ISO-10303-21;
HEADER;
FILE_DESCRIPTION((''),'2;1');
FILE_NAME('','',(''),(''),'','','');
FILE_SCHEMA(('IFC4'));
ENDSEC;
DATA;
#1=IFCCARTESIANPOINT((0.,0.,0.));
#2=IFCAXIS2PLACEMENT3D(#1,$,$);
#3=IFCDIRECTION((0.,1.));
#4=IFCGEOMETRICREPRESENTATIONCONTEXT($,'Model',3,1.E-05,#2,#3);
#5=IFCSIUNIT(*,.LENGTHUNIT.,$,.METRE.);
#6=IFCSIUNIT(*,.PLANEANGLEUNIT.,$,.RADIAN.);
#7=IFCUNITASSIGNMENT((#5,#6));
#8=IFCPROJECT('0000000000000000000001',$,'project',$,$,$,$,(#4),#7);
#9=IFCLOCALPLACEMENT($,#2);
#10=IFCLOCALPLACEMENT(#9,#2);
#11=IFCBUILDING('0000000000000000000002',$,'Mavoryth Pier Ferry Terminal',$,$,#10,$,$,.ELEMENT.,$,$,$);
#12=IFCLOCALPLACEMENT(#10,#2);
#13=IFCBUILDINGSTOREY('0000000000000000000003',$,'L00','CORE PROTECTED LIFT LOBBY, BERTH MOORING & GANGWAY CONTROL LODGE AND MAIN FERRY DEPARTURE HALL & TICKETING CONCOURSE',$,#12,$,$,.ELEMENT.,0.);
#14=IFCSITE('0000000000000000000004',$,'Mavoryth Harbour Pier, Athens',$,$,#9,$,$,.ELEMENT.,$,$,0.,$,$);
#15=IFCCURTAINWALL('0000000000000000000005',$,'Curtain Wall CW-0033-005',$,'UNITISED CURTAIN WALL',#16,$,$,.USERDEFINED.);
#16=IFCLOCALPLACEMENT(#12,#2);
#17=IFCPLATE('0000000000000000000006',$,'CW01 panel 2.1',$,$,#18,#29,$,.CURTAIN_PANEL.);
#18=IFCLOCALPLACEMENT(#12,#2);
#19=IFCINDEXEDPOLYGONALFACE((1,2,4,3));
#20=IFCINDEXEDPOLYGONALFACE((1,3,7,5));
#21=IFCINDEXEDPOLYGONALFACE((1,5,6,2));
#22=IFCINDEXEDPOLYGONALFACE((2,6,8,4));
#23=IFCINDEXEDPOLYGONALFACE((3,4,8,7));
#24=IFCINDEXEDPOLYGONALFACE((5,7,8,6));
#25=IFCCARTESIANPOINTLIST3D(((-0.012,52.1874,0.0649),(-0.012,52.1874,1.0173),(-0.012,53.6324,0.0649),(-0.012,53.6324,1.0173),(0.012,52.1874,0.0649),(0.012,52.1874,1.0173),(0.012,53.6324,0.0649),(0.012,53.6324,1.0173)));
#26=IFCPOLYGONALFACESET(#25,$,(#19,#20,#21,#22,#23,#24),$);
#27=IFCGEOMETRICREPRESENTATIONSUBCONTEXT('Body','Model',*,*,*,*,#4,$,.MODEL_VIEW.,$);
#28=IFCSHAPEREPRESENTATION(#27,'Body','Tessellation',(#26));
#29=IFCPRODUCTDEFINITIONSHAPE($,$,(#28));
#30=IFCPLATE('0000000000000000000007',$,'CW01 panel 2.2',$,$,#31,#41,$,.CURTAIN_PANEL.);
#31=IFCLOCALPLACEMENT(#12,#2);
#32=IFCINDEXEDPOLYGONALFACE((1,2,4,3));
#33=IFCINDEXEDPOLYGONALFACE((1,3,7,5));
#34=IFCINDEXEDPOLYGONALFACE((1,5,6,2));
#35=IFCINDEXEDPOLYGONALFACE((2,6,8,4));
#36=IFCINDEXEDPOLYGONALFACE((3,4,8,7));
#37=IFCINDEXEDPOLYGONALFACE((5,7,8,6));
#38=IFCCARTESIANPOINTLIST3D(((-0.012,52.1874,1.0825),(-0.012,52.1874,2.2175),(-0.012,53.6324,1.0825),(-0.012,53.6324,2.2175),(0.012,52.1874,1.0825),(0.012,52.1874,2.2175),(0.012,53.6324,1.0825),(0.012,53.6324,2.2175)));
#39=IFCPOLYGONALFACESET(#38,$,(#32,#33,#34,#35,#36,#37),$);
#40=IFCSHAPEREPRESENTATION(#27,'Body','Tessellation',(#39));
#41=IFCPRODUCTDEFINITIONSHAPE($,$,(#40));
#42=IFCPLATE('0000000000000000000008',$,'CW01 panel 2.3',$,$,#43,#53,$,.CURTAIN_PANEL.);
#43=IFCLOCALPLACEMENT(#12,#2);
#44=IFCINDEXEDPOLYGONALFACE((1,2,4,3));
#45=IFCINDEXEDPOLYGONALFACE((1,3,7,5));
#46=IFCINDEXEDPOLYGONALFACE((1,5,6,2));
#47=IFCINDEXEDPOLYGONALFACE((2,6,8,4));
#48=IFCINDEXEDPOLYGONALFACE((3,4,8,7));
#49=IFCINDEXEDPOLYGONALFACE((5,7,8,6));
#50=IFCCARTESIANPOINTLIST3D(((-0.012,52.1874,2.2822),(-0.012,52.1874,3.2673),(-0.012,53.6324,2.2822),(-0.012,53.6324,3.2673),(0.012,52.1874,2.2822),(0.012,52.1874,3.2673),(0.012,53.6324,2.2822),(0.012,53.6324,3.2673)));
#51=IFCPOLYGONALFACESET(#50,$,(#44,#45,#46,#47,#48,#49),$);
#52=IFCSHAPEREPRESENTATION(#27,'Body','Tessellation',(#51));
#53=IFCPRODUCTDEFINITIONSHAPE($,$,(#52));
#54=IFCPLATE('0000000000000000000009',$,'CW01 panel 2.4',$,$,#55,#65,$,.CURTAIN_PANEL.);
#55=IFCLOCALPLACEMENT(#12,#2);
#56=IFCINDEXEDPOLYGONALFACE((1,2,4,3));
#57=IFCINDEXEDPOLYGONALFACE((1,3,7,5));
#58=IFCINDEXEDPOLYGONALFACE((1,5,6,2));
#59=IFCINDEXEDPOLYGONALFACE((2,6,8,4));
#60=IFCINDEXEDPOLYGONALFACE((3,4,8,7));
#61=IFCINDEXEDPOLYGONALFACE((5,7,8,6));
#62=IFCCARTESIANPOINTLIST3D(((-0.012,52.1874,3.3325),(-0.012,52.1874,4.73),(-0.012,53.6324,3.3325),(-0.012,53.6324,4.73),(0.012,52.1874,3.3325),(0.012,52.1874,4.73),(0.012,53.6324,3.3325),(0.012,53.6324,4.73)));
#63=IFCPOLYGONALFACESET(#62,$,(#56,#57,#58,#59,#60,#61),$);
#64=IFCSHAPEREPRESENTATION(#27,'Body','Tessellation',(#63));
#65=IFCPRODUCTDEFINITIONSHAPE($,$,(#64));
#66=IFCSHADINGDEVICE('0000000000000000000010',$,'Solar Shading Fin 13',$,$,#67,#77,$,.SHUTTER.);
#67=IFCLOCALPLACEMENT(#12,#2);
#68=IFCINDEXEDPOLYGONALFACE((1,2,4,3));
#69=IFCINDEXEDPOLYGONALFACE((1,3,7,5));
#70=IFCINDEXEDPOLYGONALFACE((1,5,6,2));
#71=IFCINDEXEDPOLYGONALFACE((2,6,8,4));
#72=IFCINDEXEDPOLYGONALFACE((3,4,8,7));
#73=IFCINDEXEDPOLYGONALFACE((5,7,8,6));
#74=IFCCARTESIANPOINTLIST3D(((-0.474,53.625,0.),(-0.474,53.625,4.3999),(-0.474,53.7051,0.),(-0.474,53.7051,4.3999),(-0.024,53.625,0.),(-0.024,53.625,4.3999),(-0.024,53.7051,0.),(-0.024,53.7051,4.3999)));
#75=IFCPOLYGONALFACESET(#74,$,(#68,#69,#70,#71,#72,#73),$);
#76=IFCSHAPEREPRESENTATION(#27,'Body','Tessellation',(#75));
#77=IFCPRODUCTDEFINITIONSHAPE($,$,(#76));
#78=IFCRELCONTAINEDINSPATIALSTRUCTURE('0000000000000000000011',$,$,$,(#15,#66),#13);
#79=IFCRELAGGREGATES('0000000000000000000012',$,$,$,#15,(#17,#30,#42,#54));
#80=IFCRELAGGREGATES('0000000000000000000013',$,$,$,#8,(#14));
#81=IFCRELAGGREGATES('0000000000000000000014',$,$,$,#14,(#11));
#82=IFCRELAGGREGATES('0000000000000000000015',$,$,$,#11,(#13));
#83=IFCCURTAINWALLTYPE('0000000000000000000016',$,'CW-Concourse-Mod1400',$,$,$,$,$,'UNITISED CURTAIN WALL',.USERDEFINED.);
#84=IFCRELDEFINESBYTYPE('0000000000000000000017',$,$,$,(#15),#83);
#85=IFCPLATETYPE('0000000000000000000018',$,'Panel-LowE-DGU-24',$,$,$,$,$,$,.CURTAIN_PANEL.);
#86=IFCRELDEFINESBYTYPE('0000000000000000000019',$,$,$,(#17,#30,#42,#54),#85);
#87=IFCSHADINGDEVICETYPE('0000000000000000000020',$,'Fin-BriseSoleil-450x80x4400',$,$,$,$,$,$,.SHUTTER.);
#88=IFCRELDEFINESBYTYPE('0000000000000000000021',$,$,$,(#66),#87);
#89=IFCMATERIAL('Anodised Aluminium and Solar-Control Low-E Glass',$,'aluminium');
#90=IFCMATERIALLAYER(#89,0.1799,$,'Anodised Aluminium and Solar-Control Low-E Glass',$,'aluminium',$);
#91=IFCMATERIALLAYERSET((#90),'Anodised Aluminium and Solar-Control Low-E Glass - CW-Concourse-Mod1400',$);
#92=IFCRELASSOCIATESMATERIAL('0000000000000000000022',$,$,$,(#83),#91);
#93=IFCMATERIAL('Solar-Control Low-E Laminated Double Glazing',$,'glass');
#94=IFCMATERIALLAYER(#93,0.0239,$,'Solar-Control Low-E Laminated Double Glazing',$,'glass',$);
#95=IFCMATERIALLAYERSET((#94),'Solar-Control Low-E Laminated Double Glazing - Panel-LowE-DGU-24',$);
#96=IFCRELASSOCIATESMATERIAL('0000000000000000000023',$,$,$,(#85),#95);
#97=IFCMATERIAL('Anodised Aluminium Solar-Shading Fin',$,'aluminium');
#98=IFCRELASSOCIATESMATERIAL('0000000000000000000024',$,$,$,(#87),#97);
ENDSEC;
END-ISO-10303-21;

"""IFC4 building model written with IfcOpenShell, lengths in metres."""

from ifc_helpers import new_model, si_unit, direction, frame, origin, origin_2d, place, context, subcontext, project, spatial, rectangle, extrude, material, layer, layer_set, type_object, element, aggregate, save


model = new_model("IFC4")

# Units and contexts
model_context = context("Model", 3, precision=1e-05, world=origin(), true_north=direction((0.0, 1.0)))
body_context = subcontext(model_context, "Body", "Model", "MODEL_VIEW")
ifc_project = project(units=[si_unit("LENGTHUNIT", "METRE"), si_unit("PLANEANGLEUNIT", "RADIAN")], contexts=[model_context])

# Site, building, storey
site_placement = place(None, origin())
site = spatial("IfcSite", under=ifc_project, at=site_placement, Name="Mavoryth Harbour Pier, Athens", CompositionType="ELEMENT", RefElevation=0.0)
building_placement = place(site_placement, origin())
building = spatial("IfcBuilding", under=site, at=building_placement, Name="Mavoryth Pier Ferry Terminal", CompositionType="ELEMENT")
storey_placement = place(building_placement, origin())
storey = spatial("IfcBuildingStorey", under=building, at=storey_placement, Name="L00", Description="CORE PROTECTED LIFT LOBBY, BERTH MOORING & GANGWAY CONTROL LODGE AND MAIN FERRY DEPARTURE HALL & TICKETING CONCOURSE", CompositionType="ELEMENT", Elevation=0.0)

# Curtain wall, plates
ifc_material_1 = material(Name="Anodised Aluminium and Solar-Control Low-E Glass", Category="aluminium")
ifc_layer_1 = layer(ifc_material_1, 0.1799, Name="Anodised Aluminium and Solar-Control Low-E Glass", Category="aluminium")
ifc_layer_set_1 = layer_set([ifc_layer_1], Name="Anodised Aluminium and Solar-Control Low-E Glass - CW-Concourse-Mod1400")
curtain_wall_type = type_object("IfcCurtainWallType", Name="CW-Concourse-Mod1400", ElementType="UNITISED CURTAIN WALL", PredefinedType="USERDEFINED", material=ifc_layer_set_1)
curtain_wall_placement = place(storey_placement, origin())
curtain_wall = element("IfcCurtainWall", 1, at=curtain_wall_placement, inside=storey, type_object=curtain_wall_type, Name="Curtain Wall CW-0033-005", ObjectType="UNITISED CURTAIN WALL", PredefinedType="USERDEFINED")
ifc_material_2 = material(Name="Solar-Control Low-E Laminated Double Glazing", Category="glass")
ifc_layer_2 = layer(ifc_material_2, 0.0239, Name="Solar-Control Low-E Laminated Double Glazing", Category="glass")
ifc_layer_set_2 = layer_set([ifc_layer_2], Name="Solar-Control Low-E Laminated Double Glazing - Panel-LowE-DGU-24")
plate_type = type_object("IfcPlateType", Name="Panel-LowE-DGU-24", PredefinedType="CURTAIN_PANEL", material=ifc_layer_set_2)
plate_1_placement = place(storey_placement, frame((0.0, 52.9099, 0.0649), z_axis=(0.0, 0.0, 1.0), x_axis=(0.0, -1.0, 0.0)))
plate_1 = element("IfcPlate", 2, at=plate_1_placement, type_object=plate_type, Name="CW01 panel 2.1", PredefinedType="CURTAIN_PANEL", context=body_context, shape_type="SweptSolid", body=[
    extrude(rectangle(XDim=1.4451, YDim=0.0239, at=origin_2d()), origin(), (0.0, 0.0, 1.0), 0.9524),
])
plate_2_placement = place(storey_placement, frame((0.0, 52.9099, 1.0825), z_axis=(0.0, 0.0, 1.0), x_axis=(0.0, -1.0, 0.0)))
plate_2 = element("IfcPlate", 3, at=plate_2_placement, type_object=plate_type, Name="CW01 panel 2.2", PredefinedType="CURTAIN_PANEL", context=body_context, shape_type="SweptSolid", body=[
    extrude(rectangle(XDim=1.4451, YDim=0.0239, at=origin_2d()), origin(), (0.0, 0.0, 1.0), 1.135),
])
plate_3_placement = place(storey_placement, frame((0.0, 52.9099, 2.2822), z_axis=(0.0, 0.0, 1.0), x_axis=(0.0, -1.0, 0.0)))
plate_3 = element("IfcPlate", 4, at=plate_3_placement, type_object=plate_type, Name="CW01 panel 2.3", PredefinedType="CURTAIN_PANEL", context=body_context, shape_type="SweptSolid", body=[
    extrude(rectangle(XDim=1.4451, YDim=0.0239, at=origin_2d()), origin(), (0.0, 0.0, 1.0), 0.9851),
])
plate_4_placement = place(storey_placement, frame((0.0, 52.9099, 3.3325), z_axis=(0.0, 0.0, 1.0), x_axis=(0.0, -1.0, 0.0)))
plate_4 = element("IfcPlate", 5, at=plate_4_placement, type_object=plate_type, Name="CW01 panel 2.4", PredefinedType="CURTAIN_PANEL", context=body_context, shape_type="SweptSolid", body=[
    extrude(rectangle(XDim=1.4451, YDim=0.0239, at=origin_2d()), origin(), (0.0, 0.0, 1.0), 1.3975),
])
aggregate(curtain_wall, [plate_1, plate_2, plate_3, plate_4])

# Shading device
ifc_material_3 = material(Name="Anodised Aluminium Solar-Shading Fin", Category="aluminium")
shading_device_type = type_object("IfcShadingDeviceType", Name="Fin-BriseSoleil-450x80x4400", PredefinedType="SHUTTER", material=ifc_material_3)
shading_device_placement = place(storey_placement, frame((-0.249, 53.665, 0.0), z_axis=(0.0, 0.0, 1.0), x_axis=(0.0, -1.0, 0.0)))
element("IfcShadingDevice", 6, at=shading_device_placement, inside=storey, type_object=shading_device_type, Name="Solar Shading Fin 13", PredefinedType="SHUTTER", context=body_context, shape_type="SweptSolid", body=[
    extrude(rectangle(XDim=0.0801, YDim=0.45, at=origin_2d()), origin(), (0.0, 0.0, 1.0), 4.3999),
])

save(model, "model.ifc")
